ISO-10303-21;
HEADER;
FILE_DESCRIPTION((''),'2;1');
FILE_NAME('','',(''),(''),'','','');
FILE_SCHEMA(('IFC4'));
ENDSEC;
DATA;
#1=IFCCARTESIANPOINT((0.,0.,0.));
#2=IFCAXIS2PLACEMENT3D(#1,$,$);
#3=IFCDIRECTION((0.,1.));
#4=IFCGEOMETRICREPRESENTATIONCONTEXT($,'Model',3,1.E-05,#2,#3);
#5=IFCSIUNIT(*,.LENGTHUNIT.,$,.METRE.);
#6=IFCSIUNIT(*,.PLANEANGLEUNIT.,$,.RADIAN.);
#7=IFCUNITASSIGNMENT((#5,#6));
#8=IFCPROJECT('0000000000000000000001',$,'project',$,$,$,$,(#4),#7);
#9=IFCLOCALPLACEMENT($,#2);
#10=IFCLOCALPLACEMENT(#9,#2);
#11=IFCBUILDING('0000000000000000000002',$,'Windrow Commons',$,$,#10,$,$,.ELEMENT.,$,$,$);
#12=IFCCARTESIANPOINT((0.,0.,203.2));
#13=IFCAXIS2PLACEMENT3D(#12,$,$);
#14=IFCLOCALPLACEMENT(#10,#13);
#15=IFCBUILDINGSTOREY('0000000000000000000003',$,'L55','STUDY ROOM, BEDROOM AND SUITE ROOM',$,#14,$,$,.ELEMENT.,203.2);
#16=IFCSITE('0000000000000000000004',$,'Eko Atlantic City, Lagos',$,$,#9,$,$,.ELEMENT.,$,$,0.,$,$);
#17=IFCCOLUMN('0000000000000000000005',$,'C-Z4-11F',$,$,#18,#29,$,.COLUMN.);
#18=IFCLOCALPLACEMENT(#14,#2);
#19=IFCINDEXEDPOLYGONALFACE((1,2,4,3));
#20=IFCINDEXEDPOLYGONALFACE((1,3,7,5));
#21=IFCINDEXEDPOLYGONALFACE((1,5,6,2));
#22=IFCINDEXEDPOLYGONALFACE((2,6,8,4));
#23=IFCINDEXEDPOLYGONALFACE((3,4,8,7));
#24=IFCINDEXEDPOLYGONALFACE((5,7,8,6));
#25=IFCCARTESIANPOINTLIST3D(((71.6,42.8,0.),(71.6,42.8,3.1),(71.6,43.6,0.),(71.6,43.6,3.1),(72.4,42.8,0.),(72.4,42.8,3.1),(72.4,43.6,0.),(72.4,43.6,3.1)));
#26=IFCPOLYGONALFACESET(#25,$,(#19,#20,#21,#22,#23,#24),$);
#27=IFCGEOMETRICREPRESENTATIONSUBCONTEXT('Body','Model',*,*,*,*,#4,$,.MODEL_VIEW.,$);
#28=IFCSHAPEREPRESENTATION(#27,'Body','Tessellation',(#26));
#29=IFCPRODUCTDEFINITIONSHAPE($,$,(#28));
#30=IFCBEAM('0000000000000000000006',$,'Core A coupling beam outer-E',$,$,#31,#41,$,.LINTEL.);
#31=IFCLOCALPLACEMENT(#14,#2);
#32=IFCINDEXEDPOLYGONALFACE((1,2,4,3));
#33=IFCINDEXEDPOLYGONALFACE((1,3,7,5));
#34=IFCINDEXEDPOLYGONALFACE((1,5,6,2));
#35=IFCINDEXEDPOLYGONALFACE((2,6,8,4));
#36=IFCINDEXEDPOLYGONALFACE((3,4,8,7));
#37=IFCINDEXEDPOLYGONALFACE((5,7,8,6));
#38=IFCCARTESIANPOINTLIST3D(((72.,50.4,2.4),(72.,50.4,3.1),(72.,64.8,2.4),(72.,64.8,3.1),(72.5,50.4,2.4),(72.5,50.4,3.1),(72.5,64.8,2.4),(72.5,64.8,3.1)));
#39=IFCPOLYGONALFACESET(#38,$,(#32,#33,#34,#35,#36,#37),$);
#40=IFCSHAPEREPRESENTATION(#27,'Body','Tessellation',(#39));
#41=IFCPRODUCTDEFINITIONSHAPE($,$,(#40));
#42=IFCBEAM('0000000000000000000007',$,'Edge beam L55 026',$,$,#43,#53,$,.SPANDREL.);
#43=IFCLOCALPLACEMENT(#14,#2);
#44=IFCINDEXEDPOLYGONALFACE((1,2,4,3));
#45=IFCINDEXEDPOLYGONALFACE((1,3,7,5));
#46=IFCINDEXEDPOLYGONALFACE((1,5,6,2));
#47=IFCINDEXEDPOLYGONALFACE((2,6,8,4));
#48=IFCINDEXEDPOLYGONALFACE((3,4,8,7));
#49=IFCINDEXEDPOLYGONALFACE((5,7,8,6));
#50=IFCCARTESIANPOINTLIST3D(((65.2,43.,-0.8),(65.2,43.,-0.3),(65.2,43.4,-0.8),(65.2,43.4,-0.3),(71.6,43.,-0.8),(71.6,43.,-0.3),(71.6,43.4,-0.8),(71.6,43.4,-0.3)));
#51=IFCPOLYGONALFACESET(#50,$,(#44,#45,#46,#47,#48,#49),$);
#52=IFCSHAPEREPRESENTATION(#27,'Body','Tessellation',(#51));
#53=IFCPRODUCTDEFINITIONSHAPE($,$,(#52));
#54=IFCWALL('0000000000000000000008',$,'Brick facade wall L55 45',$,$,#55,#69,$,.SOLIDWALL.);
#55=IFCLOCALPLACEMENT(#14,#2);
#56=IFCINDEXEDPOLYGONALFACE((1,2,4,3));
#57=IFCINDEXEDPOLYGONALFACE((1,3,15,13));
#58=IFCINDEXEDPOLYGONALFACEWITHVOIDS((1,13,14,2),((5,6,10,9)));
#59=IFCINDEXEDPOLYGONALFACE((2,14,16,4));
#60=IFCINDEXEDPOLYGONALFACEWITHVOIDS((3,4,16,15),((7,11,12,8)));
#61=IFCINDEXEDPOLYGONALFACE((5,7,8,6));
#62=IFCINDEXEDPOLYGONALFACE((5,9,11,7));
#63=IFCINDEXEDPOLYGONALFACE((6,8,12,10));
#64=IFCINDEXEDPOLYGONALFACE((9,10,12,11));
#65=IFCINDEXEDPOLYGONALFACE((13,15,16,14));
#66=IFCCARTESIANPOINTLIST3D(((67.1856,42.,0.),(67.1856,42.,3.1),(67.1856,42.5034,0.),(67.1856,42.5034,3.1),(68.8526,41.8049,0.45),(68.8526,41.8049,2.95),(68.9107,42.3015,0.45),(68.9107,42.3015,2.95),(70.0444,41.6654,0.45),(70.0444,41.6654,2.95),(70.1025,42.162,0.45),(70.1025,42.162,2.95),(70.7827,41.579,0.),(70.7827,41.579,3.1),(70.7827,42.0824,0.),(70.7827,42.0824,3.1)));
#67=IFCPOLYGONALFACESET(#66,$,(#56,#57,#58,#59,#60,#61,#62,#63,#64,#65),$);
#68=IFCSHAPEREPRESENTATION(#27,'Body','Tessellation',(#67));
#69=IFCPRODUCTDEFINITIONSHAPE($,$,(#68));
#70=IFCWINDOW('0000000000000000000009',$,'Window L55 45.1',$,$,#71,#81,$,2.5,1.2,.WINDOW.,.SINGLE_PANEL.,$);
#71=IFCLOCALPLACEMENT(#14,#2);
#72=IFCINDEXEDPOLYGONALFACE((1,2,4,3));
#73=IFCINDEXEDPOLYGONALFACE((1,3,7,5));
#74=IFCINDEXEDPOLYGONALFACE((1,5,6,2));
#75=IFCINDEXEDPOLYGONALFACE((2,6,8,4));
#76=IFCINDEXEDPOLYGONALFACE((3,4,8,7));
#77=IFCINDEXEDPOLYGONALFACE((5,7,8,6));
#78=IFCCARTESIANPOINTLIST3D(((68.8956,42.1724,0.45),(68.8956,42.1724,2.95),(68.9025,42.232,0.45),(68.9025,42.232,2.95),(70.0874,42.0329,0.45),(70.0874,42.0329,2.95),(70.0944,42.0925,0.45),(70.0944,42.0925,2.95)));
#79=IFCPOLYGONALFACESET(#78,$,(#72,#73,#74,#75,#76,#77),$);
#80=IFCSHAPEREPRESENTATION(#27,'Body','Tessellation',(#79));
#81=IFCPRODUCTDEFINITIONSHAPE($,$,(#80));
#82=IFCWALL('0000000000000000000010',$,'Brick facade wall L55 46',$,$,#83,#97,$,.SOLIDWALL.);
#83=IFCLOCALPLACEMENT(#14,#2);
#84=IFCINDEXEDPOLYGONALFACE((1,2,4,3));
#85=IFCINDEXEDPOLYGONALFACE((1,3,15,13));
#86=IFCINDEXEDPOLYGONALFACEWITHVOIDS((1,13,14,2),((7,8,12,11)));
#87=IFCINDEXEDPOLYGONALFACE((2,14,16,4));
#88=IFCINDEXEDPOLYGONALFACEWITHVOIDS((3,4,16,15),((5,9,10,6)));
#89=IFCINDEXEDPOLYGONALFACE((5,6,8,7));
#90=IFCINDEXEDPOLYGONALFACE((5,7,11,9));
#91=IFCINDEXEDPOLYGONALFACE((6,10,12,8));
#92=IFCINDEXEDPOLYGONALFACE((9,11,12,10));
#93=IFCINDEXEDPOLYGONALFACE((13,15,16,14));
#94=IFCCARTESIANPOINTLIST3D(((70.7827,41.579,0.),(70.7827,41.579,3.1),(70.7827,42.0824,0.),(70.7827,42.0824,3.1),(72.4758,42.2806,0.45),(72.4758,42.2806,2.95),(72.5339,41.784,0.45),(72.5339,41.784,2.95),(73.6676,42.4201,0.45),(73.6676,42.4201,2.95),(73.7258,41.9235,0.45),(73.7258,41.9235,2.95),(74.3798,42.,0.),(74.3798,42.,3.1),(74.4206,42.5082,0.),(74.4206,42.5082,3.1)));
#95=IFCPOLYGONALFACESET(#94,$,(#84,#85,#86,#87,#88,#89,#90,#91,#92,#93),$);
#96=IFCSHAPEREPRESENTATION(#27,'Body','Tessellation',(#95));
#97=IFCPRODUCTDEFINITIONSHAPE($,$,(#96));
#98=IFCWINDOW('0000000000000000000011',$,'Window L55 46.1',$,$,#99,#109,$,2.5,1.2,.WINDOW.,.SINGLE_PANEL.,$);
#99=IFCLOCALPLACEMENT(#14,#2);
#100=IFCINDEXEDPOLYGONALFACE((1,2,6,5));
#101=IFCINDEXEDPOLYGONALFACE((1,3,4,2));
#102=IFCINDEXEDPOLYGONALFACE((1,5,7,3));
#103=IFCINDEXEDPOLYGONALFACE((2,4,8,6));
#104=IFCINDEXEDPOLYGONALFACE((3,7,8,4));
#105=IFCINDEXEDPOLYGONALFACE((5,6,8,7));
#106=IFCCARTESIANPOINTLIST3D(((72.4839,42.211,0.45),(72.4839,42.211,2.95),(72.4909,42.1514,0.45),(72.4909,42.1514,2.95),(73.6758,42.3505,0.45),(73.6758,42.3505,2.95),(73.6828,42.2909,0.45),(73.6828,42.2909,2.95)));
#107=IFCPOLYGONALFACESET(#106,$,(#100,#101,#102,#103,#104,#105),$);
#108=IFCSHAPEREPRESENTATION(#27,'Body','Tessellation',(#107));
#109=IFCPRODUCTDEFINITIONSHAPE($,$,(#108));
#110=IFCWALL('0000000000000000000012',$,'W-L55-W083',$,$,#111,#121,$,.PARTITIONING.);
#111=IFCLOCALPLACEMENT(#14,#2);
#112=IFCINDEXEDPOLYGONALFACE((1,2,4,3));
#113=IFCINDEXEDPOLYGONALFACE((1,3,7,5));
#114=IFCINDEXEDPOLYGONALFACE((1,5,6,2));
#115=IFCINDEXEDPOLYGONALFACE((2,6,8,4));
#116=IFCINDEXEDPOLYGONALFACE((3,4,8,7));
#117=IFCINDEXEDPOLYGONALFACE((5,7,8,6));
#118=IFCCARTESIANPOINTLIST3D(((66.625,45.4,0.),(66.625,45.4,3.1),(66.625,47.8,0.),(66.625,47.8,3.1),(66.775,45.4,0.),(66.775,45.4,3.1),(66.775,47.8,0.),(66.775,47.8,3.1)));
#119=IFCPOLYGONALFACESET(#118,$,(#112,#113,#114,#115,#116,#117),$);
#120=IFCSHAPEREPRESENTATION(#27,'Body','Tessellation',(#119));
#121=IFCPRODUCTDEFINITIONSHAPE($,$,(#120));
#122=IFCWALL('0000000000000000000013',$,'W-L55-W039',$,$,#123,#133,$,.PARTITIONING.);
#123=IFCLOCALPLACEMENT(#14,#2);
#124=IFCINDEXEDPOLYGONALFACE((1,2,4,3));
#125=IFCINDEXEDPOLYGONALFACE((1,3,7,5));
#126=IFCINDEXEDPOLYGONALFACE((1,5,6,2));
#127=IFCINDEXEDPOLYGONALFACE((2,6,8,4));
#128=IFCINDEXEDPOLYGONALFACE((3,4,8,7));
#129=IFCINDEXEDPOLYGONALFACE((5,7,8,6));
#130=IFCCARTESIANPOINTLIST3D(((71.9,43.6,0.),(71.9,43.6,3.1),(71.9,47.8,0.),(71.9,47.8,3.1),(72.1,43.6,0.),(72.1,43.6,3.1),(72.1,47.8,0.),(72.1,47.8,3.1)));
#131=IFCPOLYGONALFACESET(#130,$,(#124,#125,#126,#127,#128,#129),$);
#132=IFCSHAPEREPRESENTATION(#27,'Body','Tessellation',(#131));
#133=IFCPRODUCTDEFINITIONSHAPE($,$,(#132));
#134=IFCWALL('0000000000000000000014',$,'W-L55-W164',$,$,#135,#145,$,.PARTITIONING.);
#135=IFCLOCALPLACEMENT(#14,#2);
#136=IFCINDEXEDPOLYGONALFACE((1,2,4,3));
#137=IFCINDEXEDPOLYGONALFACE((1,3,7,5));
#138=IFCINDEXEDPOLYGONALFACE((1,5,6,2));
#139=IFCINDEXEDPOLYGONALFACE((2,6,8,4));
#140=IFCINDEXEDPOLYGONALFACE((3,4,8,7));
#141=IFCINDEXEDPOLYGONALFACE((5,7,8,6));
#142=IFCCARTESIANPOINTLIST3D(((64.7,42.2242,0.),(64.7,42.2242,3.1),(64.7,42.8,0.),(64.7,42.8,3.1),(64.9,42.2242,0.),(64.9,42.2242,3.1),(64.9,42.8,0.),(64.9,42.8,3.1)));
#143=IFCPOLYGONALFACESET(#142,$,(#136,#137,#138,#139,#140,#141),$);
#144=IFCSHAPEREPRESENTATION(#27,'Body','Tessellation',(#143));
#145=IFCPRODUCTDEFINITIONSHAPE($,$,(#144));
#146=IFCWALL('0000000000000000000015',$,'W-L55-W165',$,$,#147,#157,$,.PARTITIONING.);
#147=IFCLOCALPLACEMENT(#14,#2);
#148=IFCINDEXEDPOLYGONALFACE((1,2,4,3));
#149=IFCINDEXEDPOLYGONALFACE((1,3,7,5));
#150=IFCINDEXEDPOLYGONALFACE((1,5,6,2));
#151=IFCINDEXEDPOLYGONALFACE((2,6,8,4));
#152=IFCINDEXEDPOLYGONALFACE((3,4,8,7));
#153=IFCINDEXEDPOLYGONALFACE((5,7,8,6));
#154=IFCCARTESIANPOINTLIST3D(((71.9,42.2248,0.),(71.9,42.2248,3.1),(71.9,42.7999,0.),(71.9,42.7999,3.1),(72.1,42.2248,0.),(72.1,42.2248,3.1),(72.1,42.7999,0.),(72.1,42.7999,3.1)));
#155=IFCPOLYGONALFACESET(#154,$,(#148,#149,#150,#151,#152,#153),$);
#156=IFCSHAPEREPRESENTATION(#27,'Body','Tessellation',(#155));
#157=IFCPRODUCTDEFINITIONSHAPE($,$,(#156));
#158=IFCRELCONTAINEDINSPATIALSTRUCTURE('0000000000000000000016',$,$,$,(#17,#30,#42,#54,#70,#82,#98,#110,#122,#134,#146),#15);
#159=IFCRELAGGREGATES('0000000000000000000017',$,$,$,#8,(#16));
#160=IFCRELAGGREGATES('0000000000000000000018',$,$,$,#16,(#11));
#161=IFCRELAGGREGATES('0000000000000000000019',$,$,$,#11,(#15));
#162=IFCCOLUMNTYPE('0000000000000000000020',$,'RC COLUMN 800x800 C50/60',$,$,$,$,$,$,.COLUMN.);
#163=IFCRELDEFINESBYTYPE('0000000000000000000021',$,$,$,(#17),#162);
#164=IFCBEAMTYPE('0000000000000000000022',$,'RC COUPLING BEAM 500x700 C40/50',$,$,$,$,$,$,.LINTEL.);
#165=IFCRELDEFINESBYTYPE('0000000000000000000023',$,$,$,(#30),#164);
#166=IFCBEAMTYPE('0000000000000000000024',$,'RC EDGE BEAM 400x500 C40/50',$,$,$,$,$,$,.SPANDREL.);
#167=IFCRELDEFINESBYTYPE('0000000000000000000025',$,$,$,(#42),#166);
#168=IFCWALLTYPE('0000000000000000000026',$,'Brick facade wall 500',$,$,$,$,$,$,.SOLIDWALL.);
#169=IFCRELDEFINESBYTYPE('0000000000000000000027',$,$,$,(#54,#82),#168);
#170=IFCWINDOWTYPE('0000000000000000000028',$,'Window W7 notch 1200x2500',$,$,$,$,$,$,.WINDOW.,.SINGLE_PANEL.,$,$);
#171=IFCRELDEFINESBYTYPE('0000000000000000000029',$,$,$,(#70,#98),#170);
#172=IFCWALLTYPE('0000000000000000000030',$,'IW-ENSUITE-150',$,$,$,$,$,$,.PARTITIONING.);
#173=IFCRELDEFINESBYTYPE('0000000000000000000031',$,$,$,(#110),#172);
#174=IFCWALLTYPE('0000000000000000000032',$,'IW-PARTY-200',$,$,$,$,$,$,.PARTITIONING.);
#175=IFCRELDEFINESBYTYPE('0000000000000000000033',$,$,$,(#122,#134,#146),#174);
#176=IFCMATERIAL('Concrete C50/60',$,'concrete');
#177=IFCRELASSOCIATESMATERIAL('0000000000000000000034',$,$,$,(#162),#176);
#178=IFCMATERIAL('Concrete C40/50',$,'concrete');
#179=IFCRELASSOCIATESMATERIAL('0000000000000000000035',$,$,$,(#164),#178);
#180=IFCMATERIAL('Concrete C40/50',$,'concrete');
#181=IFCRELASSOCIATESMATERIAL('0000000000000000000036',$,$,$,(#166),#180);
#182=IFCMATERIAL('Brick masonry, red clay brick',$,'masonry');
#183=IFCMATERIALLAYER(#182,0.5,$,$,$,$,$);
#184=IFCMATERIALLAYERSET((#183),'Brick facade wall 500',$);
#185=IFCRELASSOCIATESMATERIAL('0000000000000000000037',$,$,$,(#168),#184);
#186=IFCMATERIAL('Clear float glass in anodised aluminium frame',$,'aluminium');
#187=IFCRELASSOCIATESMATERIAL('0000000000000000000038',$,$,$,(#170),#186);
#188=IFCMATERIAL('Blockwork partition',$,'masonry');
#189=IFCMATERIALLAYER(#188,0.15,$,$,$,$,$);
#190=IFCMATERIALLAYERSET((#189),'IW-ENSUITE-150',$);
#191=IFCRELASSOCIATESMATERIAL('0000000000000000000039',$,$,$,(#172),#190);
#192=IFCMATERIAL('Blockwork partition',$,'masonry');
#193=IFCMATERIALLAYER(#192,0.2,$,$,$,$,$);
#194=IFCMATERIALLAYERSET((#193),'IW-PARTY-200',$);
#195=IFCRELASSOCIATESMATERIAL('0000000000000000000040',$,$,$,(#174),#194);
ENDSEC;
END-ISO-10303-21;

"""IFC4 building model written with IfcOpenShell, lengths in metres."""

from ifc_helpers import new_model, si_unit, direction, frame, frame_2d, origin, origin_2d, place, context, subcontext, project, spatial, polyline, rectangle, outline, extrude, material, layer, layer_set, material_profile, profile_set, type_object, element, fill, save


model = new_model("IFC4")

# Units and contexts
model_context = context("Model", 3, precision=1e-05, world=origin(), true_north=direction((0.0, 1.0)))
body_context = subcontext(model_context, "Body", "Model", "MODEL_VIEW")
ifc_project = project(units=[si_unit("LENGTHUNIT", "METRE"), si_unit("PLANEANGLEUNIT", "RADIAN")], contexts=[model_context])

# Site, building, storey
site_placement = place(None, origin())
site = spatial("IfcSite", under=ifc_project, at=site_placement, Name="Eko Atlantic City, Lagos", CompositionType="ELEMENT", RefElevation=0.0)
building_placement = place(site_placement, origin())
building = spatial("IfcBuilding", under=site, at=building_placement, Name="Windrow Commons", CompositionType="ELEMENT")
storey_placement = place(building_placement, frame((0.0, 0.0, 203.2)))
storey = spatial("IfcBuildingStorey", under=building, at=storey_placement, Name="L55", Description="STUDY ROOM, BEDROOM AND SUITE ROOM", CompositionType="ELEMENT", Elevation=203.2)

# Column
ifc_material_1 = material(Name="Concrete C50/60", Category="concrete")
ifc_material_profile_1 = material_profile(ifc_material_1, rectangle(XDim=0.8, YDim=0.8, at=origin_2d()))
ifc_profile_set_1 = profile_set([ifc_material_profile_1], Name="Concrete C50/60")
column_type = type_object("IfcColumnType", Name="RC COLUMN 800x800 C50/60", PredefinedType="COLUMN", material=ifc_profile_set_1)
column_placement = place(storey_placement, frame((72.0, 43.2, 0.0), z_axis=(0.0, 0.0, 1.0), x_axis=(1.0, 0.0, 0.0)))
element("IfcColumn", 1, at=column_placement, inside=storey, type_object=column_type, Name="C-Z4-11F", PredefinedType="COLUMN", context=body_context, shape_type="SweptSolid", body=[
    extrude(rectangle(XDim=0.8, YDim=0.8, at=origin_2d()), origin(), (0.0, 0.0, 1.0), 3.1),
])

# Beams
ifc_material_2 = material(Name="Concrete C40/50", Category="concrete")
ifc_material_profile_2 = material_profile(ifc_material_2, rectangle(XDim=0.5, YDim=0.7, at=origin_2d()))
ifc_profile_set_2 = profile_set([ifc_material_profile_2], Name="Concrete C40/50")
beam_type_1 = type_object("IfcBeamType", Name="RC COUPLING BEAM 500x700 C40/50", PredefinedType="LINTEL", material=ifc_profile_set_2)
beam_1_placement = place(storey_placement, frame((72.25, 50.4, 2.75), z_axis=(0.0, 1.0, 0.0), x_axis=(-1.0, 0.0, 0.0)))
element("IfcBeam", 2, at=beam_1_placement, inside=storey, type_object=beam_type_1, Name="Core A coupling beam outer-E", PredefinedType="LINTEL", context=body_context, shape_type="SweptSolid", body=[
    extrude(rectangle(XDim=0.5, YDim=0.7, at=origin_2d()), origin(), (0.0, 0.0, 1.0), 14.4),
])
ifc_material_3 = material(Name="Concrete C40/50", Category="concrete")
ifc_material_profile_3 = material_profile(ifc_material_3, rectangle(XDim=0.4, YDim=0.5, at=origin_2d()))
ifc_profile_set_3 = profile_set([ifc_material_profile_3], Name="Concrete C40/50")
beam_type_2 = type_object("IfcBeamType", Name="RC EDGE BEAM 400x500 C40/50", PredefinedType="SPANDREL", material=ifc_profile_set_3)
beam_2_placement = place(storey_placement, frame((71.6, 43.2, -0.55), z_axis=(-1.0, 0.0, 0.0), x_axis=(0.0, -1.0, 0.0)))
element("IfcBeam", 3, at=beam_2_placement, inside=storey, type_object=beam_type_2, Name="Edge beam L55 026", PredefinedType="SPANDREL", context=body_context, shape_type="SweptSolid", body=[
    extrude(rectangle(XDim=0.4, YDim=0.5, at=origin_2d()), origin(), (0.0, 0.0, 1.0), 6.4),
])

# Walls, openings, windows
ifc_material_4 = material(Name="Brick masonry, red clay brick", Category="masonry")
ifc_layer_1 = layer(ifc_material_4, 0.5)
ifc_layer_set_1 = layer_set([ifc_layer_1], Name="Brick facade wall 500")
wall_type_1 = type_object("IfcWallType", Name="Brick facade wall 500", PredefinedType="SOLIDWALL", material=ifc_layer_set_1)
wall_1_placement = place(storey_placement, frame((67.1856, 42.2517, 0.0), z_axis=(0.0, 0.0, 1.0), x_axis=(0.993221, -0.116245, 0.0)))
wall_1 = element("IfcWall", 4, at=wall_1_placement, inside=storey, type_object=wall_type_1, Name="Brick facade wall L55 45", PredefinedType="SOLIDWALL", context=body_context, shape_type="SweptSolid", body=[
    extrude(outline(polyline([(0.0293, -0.25), (3.6509, -0.25), (3.5924, 0.25), (-0.0293, 0.25), (0.0293, -0.25)])), origin(), (0.0, 0.0, 1.0), 3.1),
])
opening_1_placement = place(wall_1_placement, frame((1.7076, 0.0, 0.45)))
opening_1 = element("IfcOpeningElement", 5, at=opening_1_placement, cuts=wall_1, PredefinedType="OPENING", context=body_context, shape_type="SweptSolid", body=[
    extrude(rectangle(XDim=1.2, YDim=2.5, at=frame_2d((0.6, 1.25))), frame((0.0, 0.26, 0.0), z_axis=(0.0, -1.0, 0.0), x_axis=(1.0, 0.0, 0.0)), (0.0, 0.0, 1.0), 0.52),
])
ifc_material_5 = material(Name="Clear float glass in anodised aluminium frame", Category="aluminium")
window_type = type_object("IfcWindowType", Name="Window W7 notch 1200x2500", PartitioningType="SINGLE_PANEL", PredefinedType="WINDOW", material=ifc_material_5)
window_1_placement = place(opening_1_placement, origin())
window_1 = element("IfcWindow", 6, at=window_1_placement, inside=storey, type_object=window_type, Name="Window L55 45.1", OverallHeight=2.5, OverallWidth=1.2, PartitioningType="SINGLE_PANEL", PredefinedType="WINDOW", context=body_context, shape_type="SweptSolid", body=[
    extrude(rectangle(XDim=1.2, YDim=2.5, at=frame_2d((0.6, 1.25))), frame((0.0, 0.18, 0.0), z_axis=(0.0, -1.0, 0.0), x_axis=(1.0, 0.0, 0.0)), (0.0, 0.0, 1.0), 0.06),
])
fill(opening_1, window_1)
wall_2_placement = place(storey_placement, frame((70.7827, 41.8307, 0.0), z_axis=(0.0, 0.0, 1.0), x_axis=(0.99322, 0.116249, 0.0)))
wall_2 = element("IfcWall", 7, at=wall_2_placement, inside=storey, type_object=wall_type_1, Name="Brick facade wall L55 46", PredefinedType="SOLIDWALL", context=body_context, shape_type="SweptSolid", body=[
    extrude(outline(polyline([(-0.0293, -0.25), (3.5924, -0.25), (3.692, 0.25), (0.0293, 0.25), (-0.0293, -0.25)])), origin(), (0.0, 0.0, 1.0), 3.1),
])
opening_2_placement = place(wall_2_placement, frame((1.7339, 0.0, 0.45)))
opening_2 = element("IfcOpeningElement", 8, at=opening_2_placement, cuts=wall_2, PredefinedType="OPENING", context=body_context, shape_type="SweptSolid", body=[
    extrude(rectangle(XDim=1.2, YDim=2.5, at=frame_2d((0.6, 1.25))), frame((0.0, 0.26, 0.0), z_axis=(0.0, -1.0, 0.0), x_axis=(1.0, 0.0, 0.0)), (0.0, 0.0, 1.0), 0.52),
])
window_2_placement = place(opening_2_placement, origin())
window_2 = element("IfcWindow", 9, at=window_2_placement, inside=storey, type_object=window_type, Name="Window L55 46.1", OverallHeight=2.5, OverallWidth=1.2, PartitioningType="SINGLE_PANEL", PredefinedType="WINDOW", context=body_context, shape_type="SweptSolid", body=[
    extrude(rectangle(XDim=1.2, YDim=2.5, at=frame_2d((0.6, 1.25))), frame((0.0, 0.18, 0.0), z_axis=(0.0, -1.0, 0.0), x_axis=(1.0, 0.0, 0.0)), (0.0, 0.0, 1.0), 0.06),
])
fill(opening_2, window_2)

# Walls
ifc_material_6 = material(Name="Blockwork partition", Category="masonry")
ifc_layer_2 = layer(ifc_material_6, 0.15)
ifc_layer_set_2 = layer_set([ifc_layer_2], Name="IW-ENSUITE-150")
wall_type_2 = type_object("IfcWallType", Name="IW-ENSUITE-150", PredefinedType="PARTITIONING", material=ifc_layer_set_2)
wall_3_placement = place(storey_placement, frame((66.7, 45.4, 0.0), z_axis=(0.0, 0.0, 1.0), x_axis=(0.0, 1.0, 0.0)))
element("IfcWall", 10, at=wall_3_placement, inside=storey, type_object=wall_type_2, Name="W-L55-W083", PredefinedType="PARTITIONING", context=body_context, shape_type="SweptSolid", body=[
    extrude(rectangle(XDim=2.4, YDim=0.15, at=frame_2d((1.2, 0.0))), origin(), (0.0, 0.0, 1.0), 3.1),
])
ifc_material_7 = material(Name="Blockwork partition", Category="masonry")
ifc_layer_3 = layer(ifc_material_7, 0.2)
ifc_layer_set_3 = layer_set([ifc_layer_3], Name="IW-PARTY-200")
wall_type_3 = type_object("IfcWallType", Name="IW-PARTY-200", PredefinedType="PARTITIONING", material=ifc_layer_set_3)
wall_4_placement = place(storey_placement, frame((72.0, 43.6, 0.0), z_axis=(0.0, 0.0, 1.0), x_axis=(0.0, 1.0, 0.0)))
element("IfcWall", 11, at=wall_4_placement, inside=storey, type_object=wall_type_3, Name="W-L55-W039", PredefinedType="PARTITIONING", context=body_context, shape_type="SweptSolid", body=[
    extrude(rectangle(XDim=4.2, YDim=0.2, at=frame_2d((2.1, 0.0))), origin(), (0.0, 0.0, 1.0), 3.1),
])
wall_5_placement = place(storey_placement, frame((64.8, 42.2242, 0.0), z_axis=(0.0, 0.0, 1.0), x_axis=(0.0, 1.0, 0.0)))
element("IfcWall", 12, at=wall_5_placement, inside=storey, type_object=wall_type_3, Name="W-L55-W164", PredefinedType="PARTITIONING", context=body_context, shape_type="SweptSolid", body=[
    extrude(rectangle(XDim=0.5758, YDim=0.2, at=frame_2d((0.2879, 0.0))), origin(), (0.0, 0.0, 1.0), 3.1),
])
wall_6_placement = place(storey_placement, frame((72.0, 42.2249, 0.0), z_axis=(0.0, 0.0, 1.0), x_axis=(0.0, 1.0, 0.0)))
element("IfcWall", 13, at=wall_6_placement, inside=storey, type_object=wall_type_3, Name="W-L55-W165", PredefinedType="PARTITIONING", context=body_context, shape_type="SweptSolid", body=[
    extrude(rectangle(XDim=0.5751, YDim=0.2, at=frame_2d((0.2875, 0.0))), origin(), (0.0, 0.0, 1.0), 3.1),
])

save(model, "model.ifc")
